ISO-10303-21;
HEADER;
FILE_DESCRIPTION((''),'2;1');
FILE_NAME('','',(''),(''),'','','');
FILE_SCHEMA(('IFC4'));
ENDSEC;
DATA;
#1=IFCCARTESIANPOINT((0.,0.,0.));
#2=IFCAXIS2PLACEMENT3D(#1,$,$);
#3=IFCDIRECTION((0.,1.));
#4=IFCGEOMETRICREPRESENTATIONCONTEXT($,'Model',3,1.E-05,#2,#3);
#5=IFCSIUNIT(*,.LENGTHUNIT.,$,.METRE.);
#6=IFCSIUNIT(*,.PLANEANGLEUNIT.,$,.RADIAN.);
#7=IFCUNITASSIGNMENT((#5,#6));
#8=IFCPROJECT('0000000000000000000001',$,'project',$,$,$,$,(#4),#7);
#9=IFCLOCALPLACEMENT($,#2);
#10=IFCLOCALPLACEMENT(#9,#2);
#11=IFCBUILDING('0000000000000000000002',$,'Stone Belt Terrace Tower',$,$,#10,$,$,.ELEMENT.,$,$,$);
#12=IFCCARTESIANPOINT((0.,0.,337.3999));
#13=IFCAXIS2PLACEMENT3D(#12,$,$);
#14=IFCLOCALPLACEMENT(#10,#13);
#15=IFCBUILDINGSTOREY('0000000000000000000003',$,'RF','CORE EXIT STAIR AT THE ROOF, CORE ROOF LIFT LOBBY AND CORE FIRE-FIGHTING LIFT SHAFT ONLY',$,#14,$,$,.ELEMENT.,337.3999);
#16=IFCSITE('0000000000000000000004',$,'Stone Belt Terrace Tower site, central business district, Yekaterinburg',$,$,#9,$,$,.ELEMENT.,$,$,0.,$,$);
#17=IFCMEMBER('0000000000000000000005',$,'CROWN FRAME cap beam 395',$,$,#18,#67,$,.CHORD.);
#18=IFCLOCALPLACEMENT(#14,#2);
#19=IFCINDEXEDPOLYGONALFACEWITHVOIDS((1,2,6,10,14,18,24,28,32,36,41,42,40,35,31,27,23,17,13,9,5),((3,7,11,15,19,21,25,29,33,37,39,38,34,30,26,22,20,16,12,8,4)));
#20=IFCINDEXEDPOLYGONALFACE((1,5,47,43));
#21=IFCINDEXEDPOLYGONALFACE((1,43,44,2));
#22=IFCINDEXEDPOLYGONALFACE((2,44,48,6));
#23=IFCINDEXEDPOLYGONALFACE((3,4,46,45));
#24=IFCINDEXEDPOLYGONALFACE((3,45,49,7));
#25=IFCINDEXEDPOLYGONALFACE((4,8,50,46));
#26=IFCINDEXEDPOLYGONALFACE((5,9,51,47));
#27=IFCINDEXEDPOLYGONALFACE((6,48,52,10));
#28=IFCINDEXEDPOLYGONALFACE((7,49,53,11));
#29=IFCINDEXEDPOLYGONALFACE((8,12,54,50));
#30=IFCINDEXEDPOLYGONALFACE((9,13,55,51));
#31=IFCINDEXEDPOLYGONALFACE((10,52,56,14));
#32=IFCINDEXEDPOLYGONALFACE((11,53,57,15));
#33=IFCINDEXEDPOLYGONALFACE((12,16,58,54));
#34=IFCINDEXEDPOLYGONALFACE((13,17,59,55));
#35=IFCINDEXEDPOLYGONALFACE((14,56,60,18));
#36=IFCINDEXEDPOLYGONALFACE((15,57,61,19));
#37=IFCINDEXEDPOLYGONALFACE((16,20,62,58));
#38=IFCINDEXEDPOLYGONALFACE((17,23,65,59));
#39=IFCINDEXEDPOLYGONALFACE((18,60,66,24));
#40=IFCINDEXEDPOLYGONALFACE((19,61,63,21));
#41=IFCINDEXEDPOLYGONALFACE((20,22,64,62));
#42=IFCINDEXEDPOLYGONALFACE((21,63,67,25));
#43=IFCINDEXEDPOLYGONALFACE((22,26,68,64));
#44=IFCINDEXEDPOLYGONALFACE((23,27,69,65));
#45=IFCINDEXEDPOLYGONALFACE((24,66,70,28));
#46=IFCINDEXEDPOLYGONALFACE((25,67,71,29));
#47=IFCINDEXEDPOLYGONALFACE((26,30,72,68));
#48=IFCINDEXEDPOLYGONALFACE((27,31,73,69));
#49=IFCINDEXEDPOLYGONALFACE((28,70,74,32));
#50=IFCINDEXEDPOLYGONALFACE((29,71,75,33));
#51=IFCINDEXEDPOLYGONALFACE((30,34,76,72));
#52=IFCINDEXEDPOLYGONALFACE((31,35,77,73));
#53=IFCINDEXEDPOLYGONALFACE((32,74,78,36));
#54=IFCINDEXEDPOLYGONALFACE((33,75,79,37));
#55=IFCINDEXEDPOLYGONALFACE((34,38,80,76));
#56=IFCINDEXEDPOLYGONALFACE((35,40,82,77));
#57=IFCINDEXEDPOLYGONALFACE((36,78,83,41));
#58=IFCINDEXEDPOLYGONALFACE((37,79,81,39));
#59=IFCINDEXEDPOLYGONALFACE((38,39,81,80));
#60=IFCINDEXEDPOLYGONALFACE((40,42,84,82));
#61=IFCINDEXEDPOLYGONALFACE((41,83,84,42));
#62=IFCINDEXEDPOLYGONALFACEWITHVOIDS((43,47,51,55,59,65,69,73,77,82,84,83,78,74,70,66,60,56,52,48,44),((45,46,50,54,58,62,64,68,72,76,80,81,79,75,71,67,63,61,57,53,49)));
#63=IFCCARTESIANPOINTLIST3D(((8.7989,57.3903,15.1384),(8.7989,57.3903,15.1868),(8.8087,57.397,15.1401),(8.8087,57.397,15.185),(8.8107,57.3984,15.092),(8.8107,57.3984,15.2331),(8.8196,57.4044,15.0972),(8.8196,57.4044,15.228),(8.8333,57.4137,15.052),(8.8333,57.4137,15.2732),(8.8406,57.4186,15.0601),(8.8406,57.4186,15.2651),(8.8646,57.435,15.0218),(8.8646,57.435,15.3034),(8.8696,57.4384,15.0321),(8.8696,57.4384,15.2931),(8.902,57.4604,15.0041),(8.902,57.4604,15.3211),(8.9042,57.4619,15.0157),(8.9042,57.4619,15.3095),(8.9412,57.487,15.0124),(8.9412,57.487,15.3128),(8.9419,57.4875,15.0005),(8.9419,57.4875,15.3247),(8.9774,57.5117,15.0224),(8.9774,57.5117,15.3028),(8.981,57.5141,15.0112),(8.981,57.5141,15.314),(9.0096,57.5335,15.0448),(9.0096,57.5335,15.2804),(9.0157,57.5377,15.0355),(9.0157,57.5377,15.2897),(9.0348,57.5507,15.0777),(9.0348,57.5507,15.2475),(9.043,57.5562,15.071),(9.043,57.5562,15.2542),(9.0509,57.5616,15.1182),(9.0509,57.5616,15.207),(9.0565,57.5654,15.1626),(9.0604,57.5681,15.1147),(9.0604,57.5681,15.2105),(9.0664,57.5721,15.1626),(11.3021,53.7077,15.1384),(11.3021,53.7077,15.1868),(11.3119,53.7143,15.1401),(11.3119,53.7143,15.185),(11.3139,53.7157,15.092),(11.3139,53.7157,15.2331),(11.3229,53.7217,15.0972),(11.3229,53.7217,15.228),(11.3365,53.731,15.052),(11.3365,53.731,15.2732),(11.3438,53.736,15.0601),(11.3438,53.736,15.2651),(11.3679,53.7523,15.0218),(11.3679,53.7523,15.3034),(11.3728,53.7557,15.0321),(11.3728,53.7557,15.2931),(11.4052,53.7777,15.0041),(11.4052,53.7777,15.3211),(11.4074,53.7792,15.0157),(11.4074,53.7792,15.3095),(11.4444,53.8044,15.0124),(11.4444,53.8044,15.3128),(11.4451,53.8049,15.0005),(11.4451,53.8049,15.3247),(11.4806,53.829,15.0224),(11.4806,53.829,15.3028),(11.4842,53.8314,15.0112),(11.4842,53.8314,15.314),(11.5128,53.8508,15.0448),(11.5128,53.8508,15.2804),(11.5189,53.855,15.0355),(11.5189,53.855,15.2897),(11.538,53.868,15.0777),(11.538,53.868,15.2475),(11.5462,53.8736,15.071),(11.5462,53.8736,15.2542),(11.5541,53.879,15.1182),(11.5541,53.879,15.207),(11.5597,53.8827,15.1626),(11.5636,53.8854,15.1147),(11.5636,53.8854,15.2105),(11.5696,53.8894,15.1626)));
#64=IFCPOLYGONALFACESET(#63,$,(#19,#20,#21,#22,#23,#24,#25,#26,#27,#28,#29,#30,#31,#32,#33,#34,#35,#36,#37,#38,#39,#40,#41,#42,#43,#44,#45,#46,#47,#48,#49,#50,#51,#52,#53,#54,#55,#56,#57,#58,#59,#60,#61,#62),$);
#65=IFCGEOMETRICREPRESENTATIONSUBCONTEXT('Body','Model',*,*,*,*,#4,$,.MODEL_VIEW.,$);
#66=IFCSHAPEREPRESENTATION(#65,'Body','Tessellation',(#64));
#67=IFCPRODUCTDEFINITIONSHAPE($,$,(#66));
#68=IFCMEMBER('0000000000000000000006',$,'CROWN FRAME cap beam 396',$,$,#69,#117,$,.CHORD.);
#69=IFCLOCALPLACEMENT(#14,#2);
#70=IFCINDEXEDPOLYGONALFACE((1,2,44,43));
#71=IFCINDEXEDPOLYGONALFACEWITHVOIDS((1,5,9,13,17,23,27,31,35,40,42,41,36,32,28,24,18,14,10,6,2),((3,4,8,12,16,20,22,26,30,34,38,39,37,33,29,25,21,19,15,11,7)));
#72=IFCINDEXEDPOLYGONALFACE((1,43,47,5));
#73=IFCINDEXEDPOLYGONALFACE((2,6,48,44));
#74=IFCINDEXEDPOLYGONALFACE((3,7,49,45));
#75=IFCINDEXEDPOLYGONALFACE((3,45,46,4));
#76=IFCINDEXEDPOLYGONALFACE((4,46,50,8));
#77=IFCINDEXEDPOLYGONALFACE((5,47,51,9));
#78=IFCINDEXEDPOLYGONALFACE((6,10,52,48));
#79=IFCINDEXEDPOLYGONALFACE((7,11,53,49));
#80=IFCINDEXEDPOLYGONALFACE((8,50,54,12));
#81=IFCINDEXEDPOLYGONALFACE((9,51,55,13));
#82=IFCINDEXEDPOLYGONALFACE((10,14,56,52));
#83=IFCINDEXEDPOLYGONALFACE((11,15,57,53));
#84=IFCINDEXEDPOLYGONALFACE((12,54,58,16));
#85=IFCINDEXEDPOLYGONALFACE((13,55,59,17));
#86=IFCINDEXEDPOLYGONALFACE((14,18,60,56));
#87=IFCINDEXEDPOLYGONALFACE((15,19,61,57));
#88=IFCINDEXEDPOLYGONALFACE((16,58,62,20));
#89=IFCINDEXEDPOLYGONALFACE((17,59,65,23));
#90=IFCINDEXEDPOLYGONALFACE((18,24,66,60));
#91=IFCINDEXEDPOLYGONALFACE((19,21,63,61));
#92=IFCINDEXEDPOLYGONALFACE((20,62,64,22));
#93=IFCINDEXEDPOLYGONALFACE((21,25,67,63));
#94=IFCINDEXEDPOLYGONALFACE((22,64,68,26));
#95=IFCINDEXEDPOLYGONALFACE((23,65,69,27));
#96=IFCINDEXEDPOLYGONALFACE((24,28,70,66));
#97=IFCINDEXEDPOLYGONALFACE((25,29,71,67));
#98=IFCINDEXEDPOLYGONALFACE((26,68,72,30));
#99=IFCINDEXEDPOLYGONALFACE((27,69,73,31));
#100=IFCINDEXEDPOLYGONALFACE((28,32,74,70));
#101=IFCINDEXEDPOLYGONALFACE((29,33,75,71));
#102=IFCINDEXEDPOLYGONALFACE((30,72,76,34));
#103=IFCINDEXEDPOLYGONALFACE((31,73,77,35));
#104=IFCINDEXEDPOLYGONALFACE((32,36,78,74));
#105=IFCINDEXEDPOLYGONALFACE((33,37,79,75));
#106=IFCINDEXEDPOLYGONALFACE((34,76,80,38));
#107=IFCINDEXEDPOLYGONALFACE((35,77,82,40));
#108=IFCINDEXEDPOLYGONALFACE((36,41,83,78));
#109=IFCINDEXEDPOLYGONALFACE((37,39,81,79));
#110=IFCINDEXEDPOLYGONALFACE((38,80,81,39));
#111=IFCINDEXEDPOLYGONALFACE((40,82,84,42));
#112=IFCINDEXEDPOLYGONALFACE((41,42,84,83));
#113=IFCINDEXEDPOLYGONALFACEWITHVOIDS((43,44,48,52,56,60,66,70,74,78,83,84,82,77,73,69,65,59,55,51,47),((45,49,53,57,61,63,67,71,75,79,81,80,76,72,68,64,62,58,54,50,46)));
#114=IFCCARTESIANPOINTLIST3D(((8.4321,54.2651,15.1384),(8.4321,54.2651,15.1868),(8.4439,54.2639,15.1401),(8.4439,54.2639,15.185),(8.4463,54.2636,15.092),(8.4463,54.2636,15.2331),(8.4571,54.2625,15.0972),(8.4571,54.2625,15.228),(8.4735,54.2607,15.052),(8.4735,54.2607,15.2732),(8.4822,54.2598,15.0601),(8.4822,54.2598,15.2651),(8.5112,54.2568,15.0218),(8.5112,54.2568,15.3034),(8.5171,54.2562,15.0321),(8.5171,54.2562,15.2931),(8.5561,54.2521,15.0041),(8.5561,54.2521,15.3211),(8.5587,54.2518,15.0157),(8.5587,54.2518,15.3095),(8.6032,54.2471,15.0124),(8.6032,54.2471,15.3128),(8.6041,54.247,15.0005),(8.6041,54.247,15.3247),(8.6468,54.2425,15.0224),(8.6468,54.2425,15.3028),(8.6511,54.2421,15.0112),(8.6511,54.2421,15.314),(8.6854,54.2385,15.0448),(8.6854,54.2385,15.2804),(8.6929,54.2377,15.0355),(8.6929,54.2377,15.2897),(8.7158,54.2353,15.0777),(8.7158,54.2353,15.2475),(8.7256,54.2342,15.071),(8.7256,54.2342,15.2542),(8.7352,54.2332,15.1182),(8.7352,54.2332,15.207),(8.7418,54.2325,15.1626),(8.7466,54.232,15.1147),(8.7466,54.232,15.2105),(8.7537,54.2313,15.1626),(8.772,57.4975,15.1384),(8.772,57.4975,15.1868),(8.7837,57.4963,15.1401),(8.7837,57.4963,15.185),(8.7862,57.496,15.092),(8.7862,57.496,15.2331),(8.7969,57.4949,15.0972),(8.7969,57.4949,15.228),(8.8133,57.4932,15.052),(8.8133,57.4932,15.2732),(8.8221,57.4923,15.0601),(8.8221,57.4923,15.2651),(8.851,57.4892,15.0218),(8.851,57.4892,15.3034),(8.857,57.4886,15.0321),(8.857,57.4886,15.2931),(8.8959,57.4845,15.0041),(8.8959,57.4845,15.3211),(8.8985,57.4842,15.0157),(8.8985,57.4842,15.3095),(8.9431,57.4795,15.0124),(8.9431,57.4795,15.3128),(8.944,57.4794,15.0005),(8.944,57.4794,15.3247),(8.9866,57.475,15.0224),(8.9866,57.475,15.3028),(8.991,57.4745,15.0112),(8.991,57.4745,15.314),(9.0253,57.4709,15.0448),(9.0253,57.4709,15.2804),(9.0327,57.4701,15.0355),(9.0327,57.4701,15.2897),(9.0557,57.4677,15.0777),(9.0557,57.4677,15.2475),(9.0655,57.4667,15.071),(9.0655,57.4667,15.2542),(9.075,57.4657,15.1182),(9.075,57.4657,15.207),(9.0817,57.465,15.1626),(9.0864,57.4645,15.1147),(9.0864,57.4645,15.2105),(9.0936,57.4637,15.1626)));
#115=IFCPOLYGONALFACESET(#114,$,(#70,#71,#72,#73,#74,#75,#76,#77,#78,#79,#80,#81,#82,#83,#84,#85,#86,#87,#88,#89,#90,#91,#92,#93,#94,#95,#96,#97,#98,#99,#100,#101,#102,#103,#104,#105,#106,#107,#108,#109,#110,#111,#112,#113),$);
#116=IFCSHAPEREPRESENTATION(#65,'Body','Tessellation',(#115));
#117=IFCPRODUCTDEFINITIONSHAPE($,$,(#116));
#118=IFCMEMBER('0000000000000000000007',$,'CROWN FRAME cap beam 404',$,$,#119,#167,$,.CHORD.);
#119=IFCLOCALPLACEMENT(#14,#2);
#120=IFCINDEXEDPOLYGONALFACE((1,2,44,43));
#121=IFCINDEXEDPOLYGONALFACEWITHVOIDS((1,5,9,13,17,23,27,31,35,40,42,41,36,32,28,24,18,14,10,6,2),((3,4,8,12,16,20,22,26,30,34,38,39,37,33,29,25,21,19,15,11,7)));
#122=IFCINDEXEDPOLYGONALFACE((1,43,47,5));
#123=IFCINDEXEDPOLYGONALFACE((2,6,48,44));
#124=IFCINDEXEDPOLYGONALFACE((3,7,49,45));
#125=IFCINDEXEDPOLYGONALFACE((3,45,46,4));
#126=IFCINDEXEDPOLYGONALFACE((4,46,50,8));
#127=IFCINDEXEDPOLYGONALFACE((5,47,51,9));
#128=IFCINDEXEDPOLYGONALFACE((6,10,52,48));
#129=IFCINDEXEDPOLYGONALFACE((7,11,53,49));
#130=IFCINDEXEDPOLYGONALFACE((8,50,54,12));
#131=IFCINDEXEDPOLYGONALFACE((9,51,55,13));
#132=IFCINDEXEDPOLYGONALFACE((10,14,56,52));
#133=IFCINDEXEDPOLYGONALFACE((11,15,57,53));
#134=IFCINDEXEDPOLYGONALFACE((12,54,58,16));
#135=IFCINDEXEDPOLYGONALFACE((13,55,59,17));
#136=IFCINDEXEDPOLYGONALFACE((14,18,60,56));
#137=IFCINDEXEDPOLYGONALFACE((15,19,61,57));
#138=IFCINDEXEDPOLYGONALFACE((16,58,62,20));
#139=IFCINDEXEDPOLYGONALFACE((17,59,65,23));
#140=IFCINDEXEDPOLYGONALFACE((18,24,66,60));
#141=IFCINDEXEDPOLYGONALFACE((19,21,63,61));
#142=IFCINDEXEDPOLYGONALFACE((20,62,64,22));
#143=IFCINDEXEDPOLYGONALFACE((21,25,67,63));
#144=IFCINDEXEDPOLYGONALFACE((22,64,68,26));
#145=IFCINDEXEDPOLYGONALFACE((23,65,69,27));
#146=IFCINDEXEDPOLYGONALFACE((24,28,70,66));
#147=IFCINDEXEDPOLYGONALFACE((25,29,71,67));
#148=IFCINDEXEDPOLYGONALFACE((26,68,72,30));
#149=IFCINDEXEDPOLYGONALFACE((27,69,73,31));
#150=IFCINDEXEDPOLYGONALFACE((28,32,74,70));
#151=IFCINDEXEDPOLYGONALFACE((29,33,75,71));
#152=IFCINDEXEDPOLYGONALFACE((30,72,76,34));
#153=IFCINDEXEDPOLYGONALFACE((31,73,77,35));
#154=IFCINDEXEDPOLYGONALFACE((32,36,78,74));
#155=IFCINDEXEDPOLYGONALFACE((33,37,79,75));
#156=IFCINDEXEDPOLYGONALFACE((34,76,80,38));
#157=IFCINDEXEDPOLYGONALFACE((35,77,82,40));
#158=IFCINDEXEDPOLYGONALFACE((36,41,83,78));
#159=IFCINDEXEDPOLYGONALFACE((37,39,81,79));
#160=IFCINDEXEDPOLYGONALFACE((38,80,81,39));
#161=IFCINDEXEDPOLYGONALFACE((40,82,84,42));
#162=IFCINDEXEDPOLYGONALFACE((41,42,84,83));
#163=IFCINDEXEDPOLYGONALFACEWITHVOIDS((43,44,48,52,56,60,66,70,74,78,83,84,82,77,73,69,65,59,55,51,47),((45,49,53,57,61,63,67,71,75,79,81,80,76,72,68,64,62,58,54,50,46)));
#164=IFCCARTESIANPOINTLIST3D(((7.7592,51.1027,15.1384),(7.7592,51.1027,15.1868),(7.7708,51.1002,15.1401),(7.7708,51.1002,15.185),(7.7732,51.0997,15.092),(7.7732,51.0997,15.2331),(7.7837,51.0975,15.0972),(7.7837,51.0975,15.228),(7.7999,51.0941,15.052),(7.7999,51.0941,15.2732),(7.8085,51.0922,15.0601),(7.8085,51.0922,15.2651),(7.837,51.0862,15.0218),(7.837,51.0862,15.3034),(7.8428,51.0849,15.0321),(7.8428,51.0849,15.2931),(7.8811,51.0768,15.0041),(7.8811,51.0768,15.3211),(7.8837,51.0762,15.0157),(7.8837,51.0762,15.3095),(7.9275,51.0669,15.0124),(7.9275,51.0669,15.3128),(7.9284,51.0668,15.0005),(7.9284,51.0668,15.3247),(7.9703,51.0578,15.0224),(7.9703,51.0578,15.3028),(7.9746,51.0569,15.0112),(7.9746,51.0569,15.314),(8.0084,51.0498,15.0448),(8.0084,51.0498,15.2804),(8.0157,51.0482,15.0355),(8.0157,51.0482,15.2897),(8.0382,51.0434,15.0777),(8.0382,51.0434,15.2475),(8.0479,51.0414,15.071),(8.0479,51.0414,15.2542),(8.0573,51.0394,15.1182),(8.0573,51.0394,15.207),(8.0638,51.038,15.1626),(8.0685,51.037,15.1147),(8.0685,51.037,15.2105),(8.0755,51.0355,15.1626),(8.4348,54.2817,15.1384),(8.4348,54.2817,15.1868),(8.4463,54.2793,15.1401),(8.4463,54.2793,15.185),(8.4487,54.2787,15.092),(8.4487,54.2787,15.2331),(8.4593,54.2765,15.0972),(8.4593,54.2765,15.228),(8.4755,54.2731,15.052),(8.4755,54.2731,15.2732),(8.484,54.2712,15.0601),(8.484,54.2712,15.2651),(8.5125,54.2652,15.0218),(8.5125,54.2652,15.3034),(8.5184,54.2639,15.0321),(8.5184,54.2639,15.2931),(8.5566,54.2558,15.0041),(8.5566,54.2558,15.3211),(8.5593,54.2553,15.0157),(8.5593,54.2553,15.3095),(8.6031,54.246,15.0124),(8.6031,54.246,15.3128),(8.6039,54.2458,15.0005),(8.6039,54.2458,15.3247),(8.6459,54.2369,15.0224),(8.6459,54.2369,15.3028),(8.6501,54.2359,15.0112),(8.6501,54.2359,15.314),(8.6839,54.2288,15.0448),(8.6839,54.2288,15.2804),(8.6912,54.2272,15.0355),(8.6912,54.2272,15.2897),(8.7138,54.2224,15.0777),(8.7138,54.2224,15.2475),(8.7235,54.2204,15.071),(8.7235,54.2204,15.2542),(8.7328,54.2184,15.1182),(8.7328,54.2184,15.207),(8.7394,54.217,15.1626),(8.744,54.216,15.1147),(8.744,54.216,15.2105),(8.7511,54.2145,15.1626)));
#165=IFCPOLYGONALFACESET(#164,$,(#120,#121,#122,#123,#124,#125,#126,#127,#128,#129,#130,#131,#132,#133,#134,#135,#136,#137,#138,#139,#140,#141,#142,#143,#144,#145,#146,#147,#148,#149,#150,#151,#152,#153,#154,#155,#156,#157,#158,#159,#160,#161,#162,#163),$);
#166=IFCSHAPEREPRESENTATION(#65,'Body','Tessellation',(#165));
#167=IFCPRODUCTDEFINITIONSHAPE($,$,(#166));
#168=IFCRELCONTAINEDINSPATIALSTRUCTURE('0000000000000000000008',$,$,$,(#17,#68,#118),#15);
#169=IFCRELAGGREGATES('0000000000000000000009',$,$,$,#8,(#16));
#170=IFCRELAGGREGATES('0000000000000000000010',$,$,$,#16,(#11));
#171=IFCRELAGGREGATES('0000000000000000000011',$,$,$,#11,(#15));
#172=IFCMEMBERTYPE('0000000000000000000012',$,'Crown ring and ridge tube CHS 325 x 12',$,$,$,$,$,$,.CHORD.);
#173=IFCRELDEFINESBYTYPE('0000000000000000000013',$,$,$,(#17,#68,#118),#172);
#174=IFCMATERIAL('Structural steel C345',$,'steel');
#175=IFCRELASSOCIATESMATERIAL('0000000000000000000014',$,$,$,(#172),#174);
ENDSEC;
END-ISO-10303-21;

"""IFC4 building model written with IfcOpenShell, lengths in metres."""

from ifc_helpers import new_model, si_unit, direction, frame, origin, origin_2d, place, context, subcontext, project, spatial, hollow_circle, extrude, material, material_profile, profile_set, type_object, element, save


model = new_model("IFC4")

# Units and contexts
model_context = context("Model", 3, precision=1e-05, world=origin(), true_north=direction((0.0, 1.0)))
body_context = subcontext(model_context, "Body", "Model", "MODEL_VIEW")
ifc_project = project(units=[si_unit("LENGTHUNIT", "METRE"), si_unit("PLANEANGLEUNIT", "RADIAN")], contexts=[model_context])

# Site, building, storey
site_placement = place(None, origin())
site = spatial("IfcSite", under=ifc_project, at=site_placement, Name="Stone Belt Terrace Tower site, central business district, Yekaterinburg", CompositionType="ELEMENT", RefElevation=0.0)
building_placement = place(site_placement, origin())
building = spatial("IfcBuilding", under=site, at=building_placement, Name="Stone Belt Terrace Tower", CompositionType="ELEMENT")
storey_placement = place(building_placement, frame((0.0, 0.0, 337.3999)))
storey = spatial("IfcBuildingStorey", under=building, at=storey_placement, Name="RF", Description="CORE EXIT STAIR AT THE ROOF, CORE ROOF LIFT LOBBY AND CORE FIRE-FIGHTING LIFT SHAFT ONLY", CompositionType="ELEMENT", Elevation=337.3999)

# Members
ifc_material_1 = material(Name="Structural steel C345", Category="steel")
ifc_material_profile = material_profile(ifc_material_1, hollow_circle(Radius=0.1626, WallThickness=0.012, at=origin_2d()), Name="Structural steel C345 CHS 325x12")
ifc_profile_set = profile_set([ifc_material_profile], Name="Structural steel C345")
member_type = type_object("IfcMemberType", Name="Crown ring and ridge tube CHS 325 x 12", PredefinedType="CHORD", material=ifc_profile_set)
member_1_placement = place(storey_placement, frame((8.9319, 57.4807, 15.1626), z_axis=(0.562156, -0.827032, 0.0), x_axis=(0.827032, 0.562156, 0.0)))
element("IfcMember", 1, at=member_1_placement, inside=storey, type_object=member_type, Name="CROWN FRAME cap beam 395", PredefinedType="CHORD", context=body_context, shape_type="SweptSolid", body=[
    extrude(hollow_circle(Radius=0.1626, WallThickness=0.012, at=origin_2d()), origin(), (0.0, 0.0, 1.0), 4.4529),
])
member_2_placement = place(storey_placement, frame((8.9319, 57.4807, 15.1626), z_axis=(-0.10456, -0.994519, 0.0), x_axis=(0.994519, -0.10456, 0.0)))
element("IfcMember", 2, at=member_2_placement, inside=storey, type_object=member_type, Name="CROWN FRAME cap beam 396", PredefinedType="CHORD", context=body_context, shape_type="SweptSolid", body=[
    extrude(hollow_circle(Radius=0.1626, WallThickness=0.012, at=origin_2d()), origin(), (0.0, 0.0, 1.0), 3.2502),
])
member_3_placement = place(storey_placement, frame((8.592, 54.2483, 15.1626), z_axis=(-0.207861, -0.978158, 0.0), x_axis=(0.978158, -0.207861, 0.0)))
element("IfcMember", 3, at=member_3_placement, inside=storey, type_object=member_type, Name="CROWN FRAME cap beam 404", PredefinedType="CHORD", context=body_context, shape_type="SweptSolid", body=[
    extrude(hollow_circle(Radius=0.1626, WallThickness=0.012, at=origin_2d()), origin(), (0.0, 0.0, 1.0), 3.25),
])

save(model, "model.ifc")
